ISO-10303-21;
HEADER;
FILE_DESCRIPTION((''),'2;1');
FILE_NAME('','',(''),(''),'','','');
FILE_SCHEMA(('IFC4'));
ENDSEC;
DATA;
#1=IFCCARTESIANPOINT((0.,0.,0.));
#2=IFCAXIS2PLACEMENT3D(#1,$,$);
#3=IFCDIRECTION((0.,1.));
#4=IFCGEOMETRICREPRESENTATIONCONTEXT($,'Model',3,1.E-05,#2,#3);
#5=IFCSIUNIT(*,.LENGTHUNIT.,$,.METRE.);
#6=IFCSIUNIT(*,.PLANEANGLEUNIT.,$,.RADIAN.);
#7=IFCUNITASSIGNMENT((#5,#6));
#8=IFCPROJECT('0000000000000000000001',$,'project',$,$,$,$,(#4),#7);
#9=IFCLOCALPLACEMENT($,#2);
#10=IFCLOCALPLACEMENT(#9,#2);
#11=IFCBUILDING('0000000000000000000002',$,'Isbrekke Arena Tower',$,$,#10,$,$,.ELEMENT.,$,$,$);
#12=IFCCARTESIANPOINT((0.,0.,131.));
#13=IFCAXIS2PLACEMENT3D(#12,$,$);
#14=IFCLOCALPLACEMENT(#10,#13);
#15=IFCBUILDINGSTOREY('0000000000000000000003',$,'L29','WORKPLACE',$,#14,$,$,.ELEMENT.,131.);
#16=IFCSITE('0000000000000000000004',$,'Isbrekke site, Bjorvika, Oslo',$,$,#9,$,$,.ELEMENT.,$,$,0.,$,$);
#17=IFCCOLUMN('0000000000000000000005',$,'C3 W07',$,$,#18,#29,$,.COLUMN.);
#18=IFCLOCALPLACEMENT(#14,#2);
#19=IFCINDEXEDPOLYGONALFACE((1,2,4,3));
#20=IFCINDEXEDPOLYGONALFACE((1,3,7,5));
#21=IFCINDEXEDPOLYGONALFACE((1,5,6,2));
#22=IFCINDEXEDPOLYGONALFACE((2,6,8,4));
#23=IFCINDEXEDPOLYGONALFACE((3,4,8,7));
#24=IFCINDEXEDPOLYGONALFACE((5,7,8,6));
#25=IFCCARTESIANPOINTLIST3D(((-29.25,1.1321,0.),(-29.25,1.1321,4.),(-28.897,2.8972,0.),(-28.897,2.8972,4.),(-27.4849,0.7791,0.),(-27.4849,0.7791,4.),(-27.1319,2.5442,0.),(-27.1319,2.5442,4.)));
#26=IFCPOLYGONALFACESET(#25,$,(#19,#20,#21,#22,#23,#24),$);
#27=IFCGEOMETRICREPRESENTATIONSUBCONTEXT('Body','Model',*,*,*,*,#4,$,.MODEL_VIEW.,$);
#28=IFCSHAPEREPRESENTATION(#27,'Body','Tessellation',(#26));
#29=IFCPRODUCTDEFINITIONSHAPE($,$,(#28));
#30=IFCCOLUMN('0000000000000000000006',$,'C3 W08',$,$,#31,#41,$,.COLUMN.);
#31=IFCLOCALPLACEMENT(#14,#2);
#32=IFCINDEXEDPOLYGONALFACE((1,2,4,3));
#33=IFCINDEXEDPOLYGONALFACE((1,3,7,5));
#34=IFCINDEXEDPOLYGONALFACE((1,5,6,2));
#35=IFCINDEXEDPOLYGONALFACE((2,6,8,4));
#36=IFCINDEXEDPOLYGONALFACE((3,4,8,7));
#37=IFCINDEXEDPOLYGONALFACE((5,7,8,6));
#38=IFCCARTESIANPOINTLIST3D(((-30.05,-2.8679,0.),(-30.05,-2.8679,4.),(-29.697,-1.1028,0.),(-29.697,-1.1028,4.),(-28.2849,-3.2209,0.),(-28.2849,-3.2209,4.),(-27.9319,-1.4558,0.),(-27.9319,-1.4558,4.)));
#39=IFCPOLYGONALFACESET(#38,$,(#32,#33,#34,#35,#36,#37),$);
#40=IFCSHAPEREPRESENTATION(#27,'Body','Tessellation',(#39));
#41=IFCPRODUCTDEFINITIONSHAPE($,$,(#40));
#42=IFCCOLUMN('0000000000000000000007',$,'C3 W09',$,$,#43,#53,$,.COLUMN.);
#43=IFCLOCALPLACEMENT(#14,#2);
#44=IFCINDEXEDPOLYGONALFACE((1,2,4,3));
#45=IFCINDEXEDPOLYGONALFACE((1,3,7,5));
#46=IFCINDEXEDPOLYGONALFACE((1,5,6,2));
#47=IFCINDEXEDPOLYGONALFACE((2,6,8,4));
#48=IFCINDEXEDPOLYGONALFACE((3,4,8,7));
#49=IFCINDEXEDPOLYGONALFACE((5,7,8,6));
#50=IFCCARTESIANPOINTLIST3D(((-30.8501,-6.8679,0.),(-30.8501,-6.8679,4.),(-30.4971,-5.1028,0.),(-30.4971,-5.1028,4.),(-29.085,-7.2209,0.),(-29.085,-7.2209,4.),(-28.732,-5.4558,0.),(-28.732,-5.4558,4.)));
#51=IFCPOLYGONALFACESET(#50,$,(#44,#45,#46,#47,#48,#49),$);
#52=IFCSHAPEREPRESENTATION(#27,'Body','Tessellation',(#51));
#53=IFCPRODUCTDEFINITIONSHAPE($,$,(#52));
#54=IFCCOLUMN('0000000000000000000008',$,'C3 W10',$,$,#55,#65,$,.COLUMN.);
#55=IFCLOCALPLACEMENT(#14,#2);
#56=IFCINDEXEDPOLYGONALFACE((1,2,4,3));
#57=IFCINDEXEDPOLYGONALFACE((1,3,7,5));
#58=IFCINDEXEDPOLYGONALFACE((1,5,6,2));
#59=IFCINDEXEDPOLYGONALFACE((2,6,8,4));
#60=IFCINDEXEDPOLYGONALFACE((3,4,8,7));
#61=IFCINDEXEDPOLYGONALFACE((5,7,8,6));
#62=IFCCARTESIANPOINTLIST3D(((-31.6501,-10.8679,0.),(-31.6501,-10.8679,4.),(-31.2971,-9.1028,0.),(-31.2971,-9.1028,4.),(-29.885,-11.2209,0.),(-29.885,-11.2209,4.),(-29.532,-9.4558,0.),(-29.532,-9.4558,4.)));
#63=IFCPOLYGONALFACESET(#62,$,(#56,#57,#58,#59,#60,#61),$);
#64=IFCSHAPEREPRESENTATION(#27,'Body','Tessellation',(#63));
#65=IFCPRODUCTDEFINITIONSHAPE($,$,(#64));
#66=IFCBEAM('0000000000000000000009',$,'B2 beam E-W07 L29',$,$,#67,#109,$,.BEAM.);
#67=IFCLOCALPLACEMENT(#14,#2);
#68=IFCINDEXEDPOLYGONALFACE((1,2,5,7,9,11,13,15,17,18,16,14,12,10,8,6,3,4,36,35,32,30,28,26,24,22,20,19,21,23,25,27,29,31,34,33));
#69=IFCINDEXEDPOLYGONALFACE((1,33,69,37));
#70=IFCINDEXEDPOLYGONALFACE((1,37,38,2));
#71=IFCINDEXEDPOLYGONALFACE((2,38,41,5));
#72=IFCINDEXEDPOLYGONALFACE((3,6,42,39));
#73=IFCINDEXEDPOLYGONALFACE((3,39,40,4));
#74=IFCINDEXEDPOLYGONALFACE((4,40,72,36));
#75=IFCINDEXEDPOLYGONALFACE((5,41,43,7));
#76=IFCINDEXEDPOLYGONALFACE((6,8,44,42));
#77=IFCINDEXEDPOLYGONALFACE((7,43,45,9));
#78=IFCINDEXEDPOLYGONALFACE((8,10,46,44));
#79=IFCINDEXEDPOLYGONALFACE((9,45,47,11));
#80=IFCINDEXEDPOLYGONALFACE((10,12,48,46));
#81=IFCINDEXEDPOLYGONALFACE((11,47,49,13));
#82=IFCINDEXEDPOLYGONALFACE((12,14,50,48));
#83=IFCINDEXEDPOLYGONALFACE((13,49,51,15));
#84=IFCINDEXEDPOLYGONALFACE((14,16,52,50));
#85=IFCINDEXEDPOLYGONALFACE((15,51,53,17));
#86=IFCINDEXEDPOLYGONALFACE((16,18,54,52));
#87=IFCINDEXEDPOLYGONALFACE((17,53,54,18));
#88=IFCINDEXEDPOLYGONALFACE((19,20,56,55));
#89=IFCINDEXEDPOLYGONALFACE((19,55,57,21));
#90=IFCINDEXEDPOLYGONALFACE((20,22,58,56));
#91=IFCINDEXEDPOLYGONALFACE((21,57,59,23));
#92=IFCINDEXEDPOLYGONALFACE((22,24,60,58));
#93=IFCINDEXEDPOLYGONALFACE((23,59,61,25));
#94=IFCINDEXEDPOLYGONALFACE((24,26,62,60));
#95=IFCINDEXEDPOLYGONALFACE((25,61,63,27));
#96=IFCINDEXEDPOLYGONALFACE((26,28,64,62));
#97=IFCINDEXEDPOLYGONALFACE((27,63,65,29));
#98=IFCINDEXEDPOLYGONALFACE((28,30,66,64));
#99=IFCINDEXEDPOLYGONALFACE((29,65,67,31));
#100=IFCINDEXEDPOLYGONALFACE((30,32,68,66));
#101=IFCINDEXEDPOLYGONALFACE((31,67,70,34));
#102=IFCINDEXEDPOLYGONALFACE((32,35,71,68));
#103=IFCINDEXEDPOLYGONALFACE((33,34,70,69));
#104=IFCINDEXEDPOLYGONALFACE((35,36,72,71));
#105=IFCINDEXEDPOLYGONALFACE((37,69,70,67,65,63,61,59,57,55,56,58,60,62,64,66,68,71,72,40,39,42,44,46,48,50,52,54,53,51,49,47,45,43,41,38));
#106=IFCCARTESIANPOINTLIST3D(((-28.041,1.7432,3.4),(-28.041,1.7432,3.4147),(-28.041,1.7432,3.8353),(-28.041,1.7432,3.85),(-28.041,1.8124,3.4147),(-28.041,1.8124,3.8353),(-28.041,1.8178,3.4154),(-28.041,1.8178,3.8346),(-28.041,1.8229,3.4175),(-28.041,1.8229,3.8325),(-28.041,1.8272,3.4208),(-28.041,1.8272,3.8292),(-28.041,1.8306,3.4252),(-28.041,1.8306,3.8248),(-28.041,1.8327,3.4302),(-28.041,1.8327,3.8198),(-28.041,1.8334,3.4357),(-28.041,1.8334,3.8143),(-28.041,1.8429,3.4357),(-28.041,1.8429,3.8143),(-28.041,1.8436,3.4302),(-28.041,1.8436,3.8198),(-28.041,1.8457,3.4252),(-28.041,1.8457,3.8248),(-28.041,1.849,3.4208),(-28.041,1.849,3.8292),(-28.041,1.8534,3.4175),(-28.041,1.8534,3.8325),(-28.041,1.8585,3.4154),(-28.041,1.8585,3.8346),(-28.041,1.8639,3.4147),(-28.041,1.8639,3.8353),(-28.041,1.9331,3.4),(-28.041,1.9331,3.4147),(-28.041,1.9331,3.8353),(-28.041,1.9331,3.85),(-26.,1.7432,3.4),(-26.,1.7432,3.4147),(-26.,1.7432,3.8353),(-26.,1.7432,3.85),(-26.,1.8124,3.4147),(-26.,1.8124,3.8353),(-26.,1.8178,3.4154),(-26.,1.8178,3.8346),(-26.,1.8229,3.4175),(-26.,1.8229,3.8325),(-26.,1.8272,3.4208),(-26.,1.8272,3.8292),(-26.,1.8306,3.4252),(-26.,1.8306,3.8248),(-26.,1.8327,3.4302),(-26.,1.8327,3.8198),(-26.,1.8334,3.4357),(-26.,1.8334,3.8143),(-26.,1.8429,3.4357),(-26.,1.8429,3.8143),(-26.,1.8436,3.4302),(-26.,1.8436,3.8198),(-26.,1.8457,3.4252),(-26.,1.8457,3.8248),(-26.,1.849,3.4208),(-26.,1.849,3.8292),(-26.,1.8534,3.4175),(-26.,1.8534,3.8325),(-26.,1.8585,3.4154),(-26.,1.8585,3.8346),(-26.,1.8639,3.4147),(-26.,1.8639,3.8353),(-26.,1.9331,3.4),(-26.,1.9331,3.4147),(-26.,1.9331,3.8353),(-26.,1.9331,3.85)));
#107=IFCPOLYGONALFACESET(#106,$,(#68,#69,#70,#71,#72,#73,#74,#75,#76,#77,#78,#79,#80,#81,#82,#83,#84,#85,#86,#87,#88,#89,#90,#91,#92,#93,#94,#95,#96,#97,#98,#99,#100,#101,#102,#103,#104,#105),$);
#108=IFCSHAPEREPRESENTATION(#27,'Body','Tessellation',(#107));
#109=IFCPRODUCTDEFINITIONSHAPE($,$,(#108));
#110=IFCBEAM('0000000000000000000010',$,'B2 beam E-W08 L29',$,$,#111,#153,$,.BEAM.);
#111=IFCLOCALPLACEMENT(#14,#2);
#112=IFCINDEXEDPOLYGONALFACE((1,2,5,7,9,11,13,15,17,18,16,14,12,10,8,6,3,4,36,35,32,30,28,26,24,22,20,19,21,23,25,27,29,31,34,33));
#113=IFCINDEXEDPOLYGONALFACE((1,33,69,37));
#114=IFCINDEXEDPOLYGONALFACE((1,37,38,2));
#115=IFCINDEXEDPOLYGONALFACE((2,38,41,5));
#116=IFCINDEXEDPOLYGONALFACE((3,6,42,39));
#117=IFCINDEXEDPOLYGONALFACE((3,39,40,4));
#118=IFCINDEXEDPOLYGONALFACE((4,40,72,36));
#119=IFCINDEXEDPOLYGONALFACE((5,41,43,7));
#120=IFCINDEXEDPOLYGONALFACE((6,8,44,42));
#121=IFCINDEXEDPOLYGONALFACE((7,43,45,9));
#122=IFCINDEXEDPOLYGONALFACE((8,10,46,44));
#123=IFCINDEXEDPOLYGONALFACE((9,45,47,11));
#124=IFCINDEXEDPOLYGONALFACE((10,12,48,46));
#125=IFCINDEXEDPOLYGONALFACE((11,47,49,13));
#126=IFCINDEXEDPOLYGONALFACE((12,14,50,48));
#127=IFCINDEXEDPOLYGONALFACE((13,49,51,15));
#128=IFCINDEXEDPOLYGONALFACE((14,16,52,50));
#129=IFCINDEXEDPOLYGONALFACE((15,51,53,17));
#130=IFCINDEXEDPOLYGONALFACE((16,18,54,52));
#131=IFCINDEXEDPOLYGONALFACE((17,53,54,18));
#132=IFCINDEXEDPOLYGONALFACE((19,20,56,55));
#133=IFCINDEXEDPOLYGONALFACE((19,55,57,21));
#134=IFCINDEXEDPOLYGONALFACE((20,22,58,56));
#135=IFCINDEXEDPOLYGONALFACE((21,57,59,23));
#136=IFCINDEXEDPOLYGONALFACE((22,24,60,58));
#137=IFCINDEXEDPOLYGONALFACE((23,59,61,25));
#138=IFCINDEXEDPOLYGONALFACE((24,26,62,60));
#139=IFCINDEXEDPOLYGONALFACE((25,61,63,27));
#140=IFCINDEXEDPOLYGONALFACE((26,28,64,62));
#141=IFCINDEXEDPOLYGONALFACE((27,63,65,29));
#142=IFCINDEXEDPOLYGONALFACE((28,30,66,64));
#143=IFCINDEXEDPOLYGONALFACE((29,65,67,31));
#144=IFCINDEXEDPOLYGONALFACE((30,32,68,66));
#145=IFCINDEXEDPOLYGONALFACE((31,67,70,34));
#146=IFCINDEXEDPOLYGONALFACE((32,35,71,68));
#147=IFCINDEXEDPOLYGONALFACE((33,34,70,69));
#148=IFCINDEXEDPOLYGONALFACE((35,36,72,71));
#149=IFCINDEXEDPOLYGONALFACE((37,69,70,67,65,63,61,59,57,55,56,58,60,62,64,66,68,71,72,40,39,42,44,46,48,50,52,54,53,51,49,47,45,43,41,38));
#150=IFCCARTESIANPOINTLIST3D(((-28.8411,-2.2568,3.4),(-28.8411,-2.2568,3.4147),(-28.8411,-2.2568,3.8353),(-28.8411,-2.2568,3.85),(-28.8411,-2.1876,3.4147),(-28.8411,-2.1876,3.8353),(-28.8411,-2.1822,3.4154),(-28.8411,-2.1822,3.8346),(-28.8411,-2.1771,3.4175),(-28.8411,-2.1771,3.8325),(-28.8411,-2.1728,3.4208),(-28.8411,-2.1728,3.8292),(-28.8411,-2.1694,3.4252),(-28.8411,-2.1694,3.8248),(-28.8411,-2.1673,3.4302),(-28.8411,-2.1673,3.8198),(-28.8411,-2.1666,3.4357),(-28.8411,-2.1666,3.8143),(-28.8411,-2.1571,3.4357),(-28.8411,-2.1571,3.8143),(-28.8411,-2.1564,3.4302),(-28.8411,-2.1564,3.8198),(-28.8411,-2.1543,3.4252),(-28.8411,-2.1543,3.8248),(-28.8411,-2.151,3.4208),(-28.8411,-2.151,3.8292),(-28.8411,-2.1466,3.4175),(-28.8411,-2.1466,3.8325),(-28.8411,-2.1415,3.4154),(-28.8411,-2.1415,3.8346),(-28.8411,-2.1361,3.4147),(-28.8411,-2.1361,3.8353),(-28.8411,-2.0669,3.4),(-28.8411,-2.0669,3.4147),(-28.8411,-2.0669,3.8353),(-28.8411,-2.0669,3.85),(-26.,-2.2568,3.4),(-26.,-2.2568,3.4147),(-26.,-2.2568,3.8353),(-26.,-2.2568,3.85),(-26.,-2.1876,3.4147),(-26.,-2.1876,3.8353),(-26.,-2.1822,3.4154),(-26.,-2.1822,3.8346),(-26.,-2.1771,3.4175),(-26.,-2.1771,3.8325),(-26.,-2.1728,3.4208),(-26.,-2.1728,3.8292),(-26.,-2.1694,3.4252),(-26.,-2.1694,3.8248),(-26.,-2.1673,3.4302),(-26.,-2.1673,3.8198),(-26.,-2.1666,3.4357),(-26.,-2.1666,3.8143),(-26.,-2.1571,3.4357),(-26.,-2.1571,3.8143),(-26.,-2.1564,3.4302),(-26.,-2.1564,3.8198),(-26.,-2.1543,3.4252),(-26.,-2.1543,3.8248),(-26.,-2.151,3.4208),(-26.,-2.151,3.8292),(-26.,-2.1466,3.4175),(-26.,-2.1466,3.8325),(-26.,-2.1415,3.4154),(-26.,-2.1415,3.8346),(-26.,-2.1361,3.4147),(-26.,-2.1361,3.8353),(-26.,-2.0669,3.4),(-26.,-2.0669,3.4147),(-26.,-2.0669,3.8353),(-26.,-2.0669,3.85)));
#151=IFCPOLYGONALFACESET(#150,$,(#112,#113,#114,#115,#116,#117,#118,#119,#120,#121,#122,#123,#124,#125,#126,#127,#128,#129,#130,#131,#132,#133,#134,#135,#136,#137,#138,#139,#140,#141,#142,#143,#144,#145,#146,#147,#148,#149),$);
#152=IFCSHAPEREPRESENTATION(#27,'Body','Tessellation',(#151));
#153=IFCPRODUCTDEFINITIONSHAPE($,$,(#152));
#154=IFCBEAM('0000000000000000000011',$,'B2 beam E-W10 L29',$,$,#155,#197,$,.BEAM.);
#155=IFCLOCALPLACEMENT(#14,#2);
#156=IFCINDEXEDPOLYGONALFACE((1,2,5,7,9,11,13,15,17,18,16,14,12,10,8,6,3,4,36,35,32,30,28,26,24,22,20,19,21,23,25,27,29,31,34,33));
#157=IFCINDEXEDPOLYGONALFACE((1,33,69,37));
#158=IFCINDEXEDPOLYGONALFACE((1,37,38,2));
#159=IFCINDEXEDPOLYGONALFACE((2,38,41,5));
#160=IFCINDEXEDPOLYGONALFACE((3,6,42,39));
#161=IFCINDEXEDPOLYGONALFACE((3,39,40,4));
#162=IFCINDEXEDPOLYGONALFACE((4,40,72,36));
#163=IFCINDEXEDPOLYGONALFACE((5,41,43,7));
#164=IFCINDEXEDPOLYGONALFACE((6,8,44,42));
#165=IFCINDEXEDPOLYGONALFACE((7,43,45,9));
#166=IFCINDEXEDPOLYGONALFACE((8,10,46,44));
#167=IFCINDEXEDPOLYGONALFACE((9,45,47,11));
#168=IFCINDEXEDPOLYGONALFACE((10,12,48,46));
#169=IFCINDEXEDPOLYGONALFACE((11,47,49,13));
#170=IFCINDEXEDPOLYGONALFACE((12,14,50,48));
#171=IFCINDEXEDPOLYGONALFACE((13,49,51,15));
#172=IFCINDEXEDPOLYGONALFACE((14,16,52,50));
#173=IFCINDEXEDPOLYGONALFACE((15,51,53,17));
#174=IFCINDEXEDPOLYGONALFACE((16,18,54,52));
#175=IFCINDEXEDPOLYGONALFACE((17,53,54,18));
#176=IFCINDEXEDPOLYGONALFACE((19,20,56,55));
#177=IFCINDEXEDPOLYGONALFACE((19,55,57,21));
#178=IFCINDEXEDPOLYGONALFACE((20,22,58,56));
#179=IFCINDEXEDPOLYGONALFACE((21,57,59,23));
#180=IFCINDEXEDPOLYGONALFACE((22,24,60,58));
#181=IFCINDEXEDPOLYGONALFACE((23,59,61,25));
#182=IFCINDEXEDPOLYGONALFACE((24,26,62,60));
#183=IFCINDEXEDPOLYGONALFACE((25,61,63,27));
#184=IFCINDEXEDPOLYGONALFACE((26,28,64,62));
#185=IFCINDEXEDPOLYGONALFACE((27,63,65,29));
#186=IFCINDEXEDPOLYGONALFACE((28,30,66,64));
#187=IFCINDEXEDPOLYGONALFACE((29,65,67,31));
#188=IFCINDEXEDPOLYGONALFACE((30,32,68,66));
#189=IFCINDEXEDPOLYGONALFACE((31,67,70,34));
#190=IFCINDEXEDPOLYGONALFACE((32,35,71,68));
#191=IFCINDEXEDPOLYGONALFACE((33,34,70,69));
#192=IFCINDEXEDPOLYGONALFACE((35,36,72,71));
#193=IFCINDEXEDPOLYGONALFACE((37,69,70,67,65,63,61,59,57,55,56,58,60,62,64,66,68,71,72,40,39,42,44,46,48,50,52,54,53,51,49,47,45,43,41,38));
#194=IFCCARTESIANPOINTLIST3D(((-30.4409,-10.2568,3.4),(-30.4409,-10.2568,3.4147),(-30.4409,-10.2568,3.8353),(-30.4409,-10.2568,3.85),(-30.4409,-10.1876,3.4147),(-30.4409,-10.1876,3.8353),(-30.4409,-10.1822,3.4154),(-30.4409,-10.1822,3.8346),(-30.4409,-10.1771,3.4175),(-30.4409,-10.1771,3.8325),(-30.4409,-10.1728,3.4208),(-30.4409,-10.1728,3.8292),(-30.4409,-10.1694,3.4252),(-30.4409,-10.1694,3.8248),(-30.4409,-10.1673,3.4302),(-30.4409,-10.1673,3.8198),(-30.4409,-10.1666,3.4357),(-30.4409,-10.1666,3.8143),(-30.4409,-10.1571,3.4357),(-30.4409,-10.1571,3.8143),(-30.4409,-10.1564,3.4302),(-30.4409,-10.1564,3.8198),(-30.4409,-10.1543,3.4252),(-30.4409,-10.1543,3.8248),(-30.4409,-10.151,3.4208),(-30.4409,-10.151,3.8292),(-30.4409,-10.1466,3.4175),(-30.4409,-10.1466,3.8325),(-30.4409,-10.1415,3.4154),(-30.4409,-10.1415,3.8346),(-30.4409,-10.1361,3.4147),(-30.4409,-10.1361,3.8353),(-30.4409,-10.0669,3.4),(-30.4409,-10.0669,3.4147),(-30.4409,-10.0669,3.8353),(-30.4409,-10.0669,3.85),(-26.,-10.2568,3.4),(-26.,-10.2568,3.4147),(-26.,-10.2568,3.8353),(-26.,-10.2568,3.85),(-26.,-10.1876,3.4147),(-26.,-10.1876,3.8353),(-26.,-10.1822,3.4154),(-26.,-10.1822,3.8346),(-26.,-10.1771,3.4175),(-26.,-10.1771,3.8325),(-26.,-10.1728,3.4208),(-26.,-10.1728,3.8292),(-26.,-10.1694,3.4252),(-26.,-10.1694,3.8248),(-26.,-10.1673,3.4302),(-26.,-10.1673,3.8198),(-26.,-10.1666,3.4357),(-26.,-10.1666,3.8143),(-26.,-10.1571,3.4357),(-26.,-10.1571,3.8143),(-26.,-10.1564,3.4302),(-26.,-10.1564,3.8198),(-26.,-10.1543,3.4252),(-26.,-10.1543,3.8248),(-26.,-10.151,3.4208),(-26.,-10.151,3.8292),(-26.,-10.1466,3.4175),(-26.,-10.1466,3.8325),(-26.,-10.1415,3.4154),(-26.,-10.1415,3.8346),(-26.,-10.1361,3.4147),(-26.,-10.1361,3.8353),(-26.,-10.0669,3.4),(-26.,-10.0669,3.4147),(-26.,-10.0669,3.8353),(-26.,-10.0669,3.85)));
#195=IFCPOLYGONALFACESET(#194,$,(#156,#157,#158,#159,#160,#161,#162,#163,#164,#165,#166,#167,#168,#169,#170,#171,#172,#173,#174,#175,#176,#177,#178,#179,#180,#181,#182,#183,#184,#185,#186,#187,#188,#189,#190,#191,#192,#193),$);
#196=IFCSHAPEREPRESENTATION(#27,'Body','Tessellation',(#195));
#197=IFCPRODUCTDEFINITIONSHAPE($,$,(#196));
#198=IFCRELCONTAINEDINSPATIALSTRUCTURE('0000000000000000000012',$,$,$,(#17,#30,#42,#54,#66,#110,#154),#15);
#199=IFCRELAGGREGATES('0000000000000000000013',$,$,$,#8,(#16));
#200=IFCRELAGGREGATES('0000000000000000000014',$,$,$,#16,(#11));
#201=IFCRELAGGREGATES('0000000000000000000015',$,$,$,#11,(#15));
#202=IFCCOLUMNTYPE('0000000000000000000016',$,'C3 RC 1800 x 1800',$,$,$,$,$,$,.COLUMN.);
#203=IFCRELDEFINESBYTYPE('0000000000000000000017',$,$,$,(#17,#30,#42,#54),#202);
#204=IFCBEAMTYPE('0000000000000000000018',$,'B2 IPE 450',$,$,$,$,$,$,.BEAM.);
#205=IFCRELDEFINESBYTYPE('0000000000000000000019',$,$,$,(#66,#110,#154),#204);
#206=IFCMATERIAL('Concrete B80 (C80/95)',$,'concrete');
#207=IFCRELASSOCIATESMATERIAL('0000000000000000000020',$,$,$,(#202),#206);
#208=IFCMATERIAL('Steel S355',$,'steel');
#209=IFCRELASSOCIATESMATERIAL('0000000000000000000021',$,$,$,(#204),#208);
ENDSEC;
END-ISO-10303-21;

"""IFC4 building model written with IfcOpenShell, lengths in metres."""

from ifc_helpers import new_model, si_unit, direction, frame, origin, origin_2d, place, context, subcontext, project, spatial, rectangle, i_section, extrude, material, material_profile, profile_set, type_object, element, save


model = new_model("IFC4")

# Units and contexts
model_context = context("Model", 3, precision=1e-05, world=origin(), true_north=direction((0.0, 1.0)))
body_context = subcontext(model_context, "Body", "Model", "MODEL_VIEW")
ifc_project = project(units=[si_unit("LENGTHUNIT", "METRE"), si_unit("PLANEANGLEUNIT", "RADIAN")], contexts=[model_context])

# Site, building, storey
site_placement = place(None, origin())
site = spatial("IfcSite", under=ifc_project, at=site_placement, Name="Isbrekke site, Bjorvika, Oslo", CompositionType="ELEMENT", RefElevation=0.0)
building_placement = place(site_placement, origin())
building = spatial("IfcBuilding", under=site, at=building_placement, Name="Isbrekke Arena Tower", CompositionType="ELEMENT")
storey_placement = place(building_placement, frame((0.0, 0.0, 131.0)))
storey = spatial("IfcBuildingStorey", under=building, at=storey_placement, Name="L29", Description="WORKPLACE", CompositionType="ELEMENT", Elevation=131.0)

# Columns
ifc_material_1 = material(Name="Concrete B80 (C80/95)", Category="concrete")
ifc_material_profile_1 = material_profile(ifc_material_1, rectangle(XDim=1.8, YDim=1.8, at=origin_2d()), Name="RC 1800x1800")
ifc_profile_set_1 = profile_set([ifc_material_profile_1], Name="Concrete B80 (C80/95)")
column_type = type_object("IfcColumnType", Name="C3 RC 1800 x 1800", PredefinedType="COLUMN", material=ifc_profile_set_1)
for number, where, z_axis, x_axis, name in (
    (1, (-28.1909, 1.8381, 0.0), (0.0, 0.0, 1.0), (-0.196116, -0.980581, 0.0), "C3 W07"),
    (2, (-28.991, -2.1619, 0.0), (0.0, 0.0, 1.0), (-0.196116, -0.980581, 0.0), "C3 W08"),
    (3, (-29.791, -6.1619, 0.0), (0.0, 0.0, 1.0), (-0.196116, -0.980581, 0.0), "C3 W09"),
    (4, (-30.5911, -10.1619, 0.0), (0.0, 0.0, 1.0), (-0.196116, -0.980581, 0.0), "C3 W10"),
):
    element("IfcColumn", number, at=place(storey_placement, frame(where, z_axis=z_axis, x_axis=x_axis)), inside=storey, type_object=column_type, Name=name, PredefinedType="COLUMN", context=body_context, shape_type="SweptSolid", body=[
        extrude(rectangle(XDim=1.8, YDim=1.8, at=origin_2d()), origin(), (0.0, 0.0, 1.0), 4.0),
    ])

# Beams
ifc_material_2 = material(Name="Steel S355", Category="steel")
ifc_material_profile_2 = material_profile(ifc_material_2, i_section(OverallWidth=0.1899, OverallDepth=0.45, WebThickness=0.0095, FlangeThickness=0.0146, FilletRadius=0.021, at=origin_2d()), Name="IPE 450")
ifc_profile_set_2 = profile_set([ifc_material_profile_2], Name="Steel S355")
beam_type_1 = type_object("IfcBeamType", Name="B2 IPE 450", PredefinedType="BEAM", material=ifc_profile_set_2)
beam_1_placement = place(storey_placement, frame((-28.041, 1.8381, 3.625), z_axis=(1.0, 0.0, 0.0), x_axis=(0.0, 1.0, 0.0)))
element("IfcBeam", 5, at=beam_1_placement, inside=storey, type_object=beam_type_1, Name="B2 beam E-W07 L29", PredefinedType="BEAM", context=body_context, shape_type="SweptSolid", body=[
    extrude(i_section(OverallWidth=0.1899, OverallDepth=0.45, WebThickness=0.0095, FlangeThickness=0.0146, FilletRadius=0.021, at=origin_2d()), origin(), (0.0, 0.0, 1.0), 2.041),
])
beam_2_placement = place(storey_placement, frame((-28.8411, -2.1619, 3.625), z_axis=(1.0, 0.0, 0.0), x_axis=(0.0, 1.0, 0.0)))
element("IfcBeam", 6, at=beam_2_placement, inside=storey, type_object=beam_type_1, Name="B2 beam E-W08 L29", PredefinedType="BEAM", context=body_context, shape_type="SweptSolid", body=[
    extrude(i_section(OverallWidth=0.1899, OverallDepth=0.45, WebThickness=0.0095, FlangeThickness=0.0146, FilletRadius=0.021, at=origin_2d()), origin(), (0.0, 0.0, 1.0), 2.8411),
])
beam_3_placement = place(storey_placement, frame((-30.4409, -10.1619, 3.625), z_axis=(1.0, 0.0, 0.0), x_axis=(0.0, 1.0, 0.0)))
element("IfcBeam", 7, at=beam_3_placement, inside=storey, type_object=beam_type_1, Name="B2 beam E-W10 L29", PredefinedType="BEAM", context=body_context, shape_type="SweptSolid", body=[
    extrude(i_section(OverallWidth=0.1899, OverallDepth=0.45, WebThickness=0.0095, FlangeThickness=0.0146, FilletRadius=0.021, at=origin_2d()), origin(), (0.0, 0.0, 1.0), 4.4409),
])

save(model, "model.ifc")
